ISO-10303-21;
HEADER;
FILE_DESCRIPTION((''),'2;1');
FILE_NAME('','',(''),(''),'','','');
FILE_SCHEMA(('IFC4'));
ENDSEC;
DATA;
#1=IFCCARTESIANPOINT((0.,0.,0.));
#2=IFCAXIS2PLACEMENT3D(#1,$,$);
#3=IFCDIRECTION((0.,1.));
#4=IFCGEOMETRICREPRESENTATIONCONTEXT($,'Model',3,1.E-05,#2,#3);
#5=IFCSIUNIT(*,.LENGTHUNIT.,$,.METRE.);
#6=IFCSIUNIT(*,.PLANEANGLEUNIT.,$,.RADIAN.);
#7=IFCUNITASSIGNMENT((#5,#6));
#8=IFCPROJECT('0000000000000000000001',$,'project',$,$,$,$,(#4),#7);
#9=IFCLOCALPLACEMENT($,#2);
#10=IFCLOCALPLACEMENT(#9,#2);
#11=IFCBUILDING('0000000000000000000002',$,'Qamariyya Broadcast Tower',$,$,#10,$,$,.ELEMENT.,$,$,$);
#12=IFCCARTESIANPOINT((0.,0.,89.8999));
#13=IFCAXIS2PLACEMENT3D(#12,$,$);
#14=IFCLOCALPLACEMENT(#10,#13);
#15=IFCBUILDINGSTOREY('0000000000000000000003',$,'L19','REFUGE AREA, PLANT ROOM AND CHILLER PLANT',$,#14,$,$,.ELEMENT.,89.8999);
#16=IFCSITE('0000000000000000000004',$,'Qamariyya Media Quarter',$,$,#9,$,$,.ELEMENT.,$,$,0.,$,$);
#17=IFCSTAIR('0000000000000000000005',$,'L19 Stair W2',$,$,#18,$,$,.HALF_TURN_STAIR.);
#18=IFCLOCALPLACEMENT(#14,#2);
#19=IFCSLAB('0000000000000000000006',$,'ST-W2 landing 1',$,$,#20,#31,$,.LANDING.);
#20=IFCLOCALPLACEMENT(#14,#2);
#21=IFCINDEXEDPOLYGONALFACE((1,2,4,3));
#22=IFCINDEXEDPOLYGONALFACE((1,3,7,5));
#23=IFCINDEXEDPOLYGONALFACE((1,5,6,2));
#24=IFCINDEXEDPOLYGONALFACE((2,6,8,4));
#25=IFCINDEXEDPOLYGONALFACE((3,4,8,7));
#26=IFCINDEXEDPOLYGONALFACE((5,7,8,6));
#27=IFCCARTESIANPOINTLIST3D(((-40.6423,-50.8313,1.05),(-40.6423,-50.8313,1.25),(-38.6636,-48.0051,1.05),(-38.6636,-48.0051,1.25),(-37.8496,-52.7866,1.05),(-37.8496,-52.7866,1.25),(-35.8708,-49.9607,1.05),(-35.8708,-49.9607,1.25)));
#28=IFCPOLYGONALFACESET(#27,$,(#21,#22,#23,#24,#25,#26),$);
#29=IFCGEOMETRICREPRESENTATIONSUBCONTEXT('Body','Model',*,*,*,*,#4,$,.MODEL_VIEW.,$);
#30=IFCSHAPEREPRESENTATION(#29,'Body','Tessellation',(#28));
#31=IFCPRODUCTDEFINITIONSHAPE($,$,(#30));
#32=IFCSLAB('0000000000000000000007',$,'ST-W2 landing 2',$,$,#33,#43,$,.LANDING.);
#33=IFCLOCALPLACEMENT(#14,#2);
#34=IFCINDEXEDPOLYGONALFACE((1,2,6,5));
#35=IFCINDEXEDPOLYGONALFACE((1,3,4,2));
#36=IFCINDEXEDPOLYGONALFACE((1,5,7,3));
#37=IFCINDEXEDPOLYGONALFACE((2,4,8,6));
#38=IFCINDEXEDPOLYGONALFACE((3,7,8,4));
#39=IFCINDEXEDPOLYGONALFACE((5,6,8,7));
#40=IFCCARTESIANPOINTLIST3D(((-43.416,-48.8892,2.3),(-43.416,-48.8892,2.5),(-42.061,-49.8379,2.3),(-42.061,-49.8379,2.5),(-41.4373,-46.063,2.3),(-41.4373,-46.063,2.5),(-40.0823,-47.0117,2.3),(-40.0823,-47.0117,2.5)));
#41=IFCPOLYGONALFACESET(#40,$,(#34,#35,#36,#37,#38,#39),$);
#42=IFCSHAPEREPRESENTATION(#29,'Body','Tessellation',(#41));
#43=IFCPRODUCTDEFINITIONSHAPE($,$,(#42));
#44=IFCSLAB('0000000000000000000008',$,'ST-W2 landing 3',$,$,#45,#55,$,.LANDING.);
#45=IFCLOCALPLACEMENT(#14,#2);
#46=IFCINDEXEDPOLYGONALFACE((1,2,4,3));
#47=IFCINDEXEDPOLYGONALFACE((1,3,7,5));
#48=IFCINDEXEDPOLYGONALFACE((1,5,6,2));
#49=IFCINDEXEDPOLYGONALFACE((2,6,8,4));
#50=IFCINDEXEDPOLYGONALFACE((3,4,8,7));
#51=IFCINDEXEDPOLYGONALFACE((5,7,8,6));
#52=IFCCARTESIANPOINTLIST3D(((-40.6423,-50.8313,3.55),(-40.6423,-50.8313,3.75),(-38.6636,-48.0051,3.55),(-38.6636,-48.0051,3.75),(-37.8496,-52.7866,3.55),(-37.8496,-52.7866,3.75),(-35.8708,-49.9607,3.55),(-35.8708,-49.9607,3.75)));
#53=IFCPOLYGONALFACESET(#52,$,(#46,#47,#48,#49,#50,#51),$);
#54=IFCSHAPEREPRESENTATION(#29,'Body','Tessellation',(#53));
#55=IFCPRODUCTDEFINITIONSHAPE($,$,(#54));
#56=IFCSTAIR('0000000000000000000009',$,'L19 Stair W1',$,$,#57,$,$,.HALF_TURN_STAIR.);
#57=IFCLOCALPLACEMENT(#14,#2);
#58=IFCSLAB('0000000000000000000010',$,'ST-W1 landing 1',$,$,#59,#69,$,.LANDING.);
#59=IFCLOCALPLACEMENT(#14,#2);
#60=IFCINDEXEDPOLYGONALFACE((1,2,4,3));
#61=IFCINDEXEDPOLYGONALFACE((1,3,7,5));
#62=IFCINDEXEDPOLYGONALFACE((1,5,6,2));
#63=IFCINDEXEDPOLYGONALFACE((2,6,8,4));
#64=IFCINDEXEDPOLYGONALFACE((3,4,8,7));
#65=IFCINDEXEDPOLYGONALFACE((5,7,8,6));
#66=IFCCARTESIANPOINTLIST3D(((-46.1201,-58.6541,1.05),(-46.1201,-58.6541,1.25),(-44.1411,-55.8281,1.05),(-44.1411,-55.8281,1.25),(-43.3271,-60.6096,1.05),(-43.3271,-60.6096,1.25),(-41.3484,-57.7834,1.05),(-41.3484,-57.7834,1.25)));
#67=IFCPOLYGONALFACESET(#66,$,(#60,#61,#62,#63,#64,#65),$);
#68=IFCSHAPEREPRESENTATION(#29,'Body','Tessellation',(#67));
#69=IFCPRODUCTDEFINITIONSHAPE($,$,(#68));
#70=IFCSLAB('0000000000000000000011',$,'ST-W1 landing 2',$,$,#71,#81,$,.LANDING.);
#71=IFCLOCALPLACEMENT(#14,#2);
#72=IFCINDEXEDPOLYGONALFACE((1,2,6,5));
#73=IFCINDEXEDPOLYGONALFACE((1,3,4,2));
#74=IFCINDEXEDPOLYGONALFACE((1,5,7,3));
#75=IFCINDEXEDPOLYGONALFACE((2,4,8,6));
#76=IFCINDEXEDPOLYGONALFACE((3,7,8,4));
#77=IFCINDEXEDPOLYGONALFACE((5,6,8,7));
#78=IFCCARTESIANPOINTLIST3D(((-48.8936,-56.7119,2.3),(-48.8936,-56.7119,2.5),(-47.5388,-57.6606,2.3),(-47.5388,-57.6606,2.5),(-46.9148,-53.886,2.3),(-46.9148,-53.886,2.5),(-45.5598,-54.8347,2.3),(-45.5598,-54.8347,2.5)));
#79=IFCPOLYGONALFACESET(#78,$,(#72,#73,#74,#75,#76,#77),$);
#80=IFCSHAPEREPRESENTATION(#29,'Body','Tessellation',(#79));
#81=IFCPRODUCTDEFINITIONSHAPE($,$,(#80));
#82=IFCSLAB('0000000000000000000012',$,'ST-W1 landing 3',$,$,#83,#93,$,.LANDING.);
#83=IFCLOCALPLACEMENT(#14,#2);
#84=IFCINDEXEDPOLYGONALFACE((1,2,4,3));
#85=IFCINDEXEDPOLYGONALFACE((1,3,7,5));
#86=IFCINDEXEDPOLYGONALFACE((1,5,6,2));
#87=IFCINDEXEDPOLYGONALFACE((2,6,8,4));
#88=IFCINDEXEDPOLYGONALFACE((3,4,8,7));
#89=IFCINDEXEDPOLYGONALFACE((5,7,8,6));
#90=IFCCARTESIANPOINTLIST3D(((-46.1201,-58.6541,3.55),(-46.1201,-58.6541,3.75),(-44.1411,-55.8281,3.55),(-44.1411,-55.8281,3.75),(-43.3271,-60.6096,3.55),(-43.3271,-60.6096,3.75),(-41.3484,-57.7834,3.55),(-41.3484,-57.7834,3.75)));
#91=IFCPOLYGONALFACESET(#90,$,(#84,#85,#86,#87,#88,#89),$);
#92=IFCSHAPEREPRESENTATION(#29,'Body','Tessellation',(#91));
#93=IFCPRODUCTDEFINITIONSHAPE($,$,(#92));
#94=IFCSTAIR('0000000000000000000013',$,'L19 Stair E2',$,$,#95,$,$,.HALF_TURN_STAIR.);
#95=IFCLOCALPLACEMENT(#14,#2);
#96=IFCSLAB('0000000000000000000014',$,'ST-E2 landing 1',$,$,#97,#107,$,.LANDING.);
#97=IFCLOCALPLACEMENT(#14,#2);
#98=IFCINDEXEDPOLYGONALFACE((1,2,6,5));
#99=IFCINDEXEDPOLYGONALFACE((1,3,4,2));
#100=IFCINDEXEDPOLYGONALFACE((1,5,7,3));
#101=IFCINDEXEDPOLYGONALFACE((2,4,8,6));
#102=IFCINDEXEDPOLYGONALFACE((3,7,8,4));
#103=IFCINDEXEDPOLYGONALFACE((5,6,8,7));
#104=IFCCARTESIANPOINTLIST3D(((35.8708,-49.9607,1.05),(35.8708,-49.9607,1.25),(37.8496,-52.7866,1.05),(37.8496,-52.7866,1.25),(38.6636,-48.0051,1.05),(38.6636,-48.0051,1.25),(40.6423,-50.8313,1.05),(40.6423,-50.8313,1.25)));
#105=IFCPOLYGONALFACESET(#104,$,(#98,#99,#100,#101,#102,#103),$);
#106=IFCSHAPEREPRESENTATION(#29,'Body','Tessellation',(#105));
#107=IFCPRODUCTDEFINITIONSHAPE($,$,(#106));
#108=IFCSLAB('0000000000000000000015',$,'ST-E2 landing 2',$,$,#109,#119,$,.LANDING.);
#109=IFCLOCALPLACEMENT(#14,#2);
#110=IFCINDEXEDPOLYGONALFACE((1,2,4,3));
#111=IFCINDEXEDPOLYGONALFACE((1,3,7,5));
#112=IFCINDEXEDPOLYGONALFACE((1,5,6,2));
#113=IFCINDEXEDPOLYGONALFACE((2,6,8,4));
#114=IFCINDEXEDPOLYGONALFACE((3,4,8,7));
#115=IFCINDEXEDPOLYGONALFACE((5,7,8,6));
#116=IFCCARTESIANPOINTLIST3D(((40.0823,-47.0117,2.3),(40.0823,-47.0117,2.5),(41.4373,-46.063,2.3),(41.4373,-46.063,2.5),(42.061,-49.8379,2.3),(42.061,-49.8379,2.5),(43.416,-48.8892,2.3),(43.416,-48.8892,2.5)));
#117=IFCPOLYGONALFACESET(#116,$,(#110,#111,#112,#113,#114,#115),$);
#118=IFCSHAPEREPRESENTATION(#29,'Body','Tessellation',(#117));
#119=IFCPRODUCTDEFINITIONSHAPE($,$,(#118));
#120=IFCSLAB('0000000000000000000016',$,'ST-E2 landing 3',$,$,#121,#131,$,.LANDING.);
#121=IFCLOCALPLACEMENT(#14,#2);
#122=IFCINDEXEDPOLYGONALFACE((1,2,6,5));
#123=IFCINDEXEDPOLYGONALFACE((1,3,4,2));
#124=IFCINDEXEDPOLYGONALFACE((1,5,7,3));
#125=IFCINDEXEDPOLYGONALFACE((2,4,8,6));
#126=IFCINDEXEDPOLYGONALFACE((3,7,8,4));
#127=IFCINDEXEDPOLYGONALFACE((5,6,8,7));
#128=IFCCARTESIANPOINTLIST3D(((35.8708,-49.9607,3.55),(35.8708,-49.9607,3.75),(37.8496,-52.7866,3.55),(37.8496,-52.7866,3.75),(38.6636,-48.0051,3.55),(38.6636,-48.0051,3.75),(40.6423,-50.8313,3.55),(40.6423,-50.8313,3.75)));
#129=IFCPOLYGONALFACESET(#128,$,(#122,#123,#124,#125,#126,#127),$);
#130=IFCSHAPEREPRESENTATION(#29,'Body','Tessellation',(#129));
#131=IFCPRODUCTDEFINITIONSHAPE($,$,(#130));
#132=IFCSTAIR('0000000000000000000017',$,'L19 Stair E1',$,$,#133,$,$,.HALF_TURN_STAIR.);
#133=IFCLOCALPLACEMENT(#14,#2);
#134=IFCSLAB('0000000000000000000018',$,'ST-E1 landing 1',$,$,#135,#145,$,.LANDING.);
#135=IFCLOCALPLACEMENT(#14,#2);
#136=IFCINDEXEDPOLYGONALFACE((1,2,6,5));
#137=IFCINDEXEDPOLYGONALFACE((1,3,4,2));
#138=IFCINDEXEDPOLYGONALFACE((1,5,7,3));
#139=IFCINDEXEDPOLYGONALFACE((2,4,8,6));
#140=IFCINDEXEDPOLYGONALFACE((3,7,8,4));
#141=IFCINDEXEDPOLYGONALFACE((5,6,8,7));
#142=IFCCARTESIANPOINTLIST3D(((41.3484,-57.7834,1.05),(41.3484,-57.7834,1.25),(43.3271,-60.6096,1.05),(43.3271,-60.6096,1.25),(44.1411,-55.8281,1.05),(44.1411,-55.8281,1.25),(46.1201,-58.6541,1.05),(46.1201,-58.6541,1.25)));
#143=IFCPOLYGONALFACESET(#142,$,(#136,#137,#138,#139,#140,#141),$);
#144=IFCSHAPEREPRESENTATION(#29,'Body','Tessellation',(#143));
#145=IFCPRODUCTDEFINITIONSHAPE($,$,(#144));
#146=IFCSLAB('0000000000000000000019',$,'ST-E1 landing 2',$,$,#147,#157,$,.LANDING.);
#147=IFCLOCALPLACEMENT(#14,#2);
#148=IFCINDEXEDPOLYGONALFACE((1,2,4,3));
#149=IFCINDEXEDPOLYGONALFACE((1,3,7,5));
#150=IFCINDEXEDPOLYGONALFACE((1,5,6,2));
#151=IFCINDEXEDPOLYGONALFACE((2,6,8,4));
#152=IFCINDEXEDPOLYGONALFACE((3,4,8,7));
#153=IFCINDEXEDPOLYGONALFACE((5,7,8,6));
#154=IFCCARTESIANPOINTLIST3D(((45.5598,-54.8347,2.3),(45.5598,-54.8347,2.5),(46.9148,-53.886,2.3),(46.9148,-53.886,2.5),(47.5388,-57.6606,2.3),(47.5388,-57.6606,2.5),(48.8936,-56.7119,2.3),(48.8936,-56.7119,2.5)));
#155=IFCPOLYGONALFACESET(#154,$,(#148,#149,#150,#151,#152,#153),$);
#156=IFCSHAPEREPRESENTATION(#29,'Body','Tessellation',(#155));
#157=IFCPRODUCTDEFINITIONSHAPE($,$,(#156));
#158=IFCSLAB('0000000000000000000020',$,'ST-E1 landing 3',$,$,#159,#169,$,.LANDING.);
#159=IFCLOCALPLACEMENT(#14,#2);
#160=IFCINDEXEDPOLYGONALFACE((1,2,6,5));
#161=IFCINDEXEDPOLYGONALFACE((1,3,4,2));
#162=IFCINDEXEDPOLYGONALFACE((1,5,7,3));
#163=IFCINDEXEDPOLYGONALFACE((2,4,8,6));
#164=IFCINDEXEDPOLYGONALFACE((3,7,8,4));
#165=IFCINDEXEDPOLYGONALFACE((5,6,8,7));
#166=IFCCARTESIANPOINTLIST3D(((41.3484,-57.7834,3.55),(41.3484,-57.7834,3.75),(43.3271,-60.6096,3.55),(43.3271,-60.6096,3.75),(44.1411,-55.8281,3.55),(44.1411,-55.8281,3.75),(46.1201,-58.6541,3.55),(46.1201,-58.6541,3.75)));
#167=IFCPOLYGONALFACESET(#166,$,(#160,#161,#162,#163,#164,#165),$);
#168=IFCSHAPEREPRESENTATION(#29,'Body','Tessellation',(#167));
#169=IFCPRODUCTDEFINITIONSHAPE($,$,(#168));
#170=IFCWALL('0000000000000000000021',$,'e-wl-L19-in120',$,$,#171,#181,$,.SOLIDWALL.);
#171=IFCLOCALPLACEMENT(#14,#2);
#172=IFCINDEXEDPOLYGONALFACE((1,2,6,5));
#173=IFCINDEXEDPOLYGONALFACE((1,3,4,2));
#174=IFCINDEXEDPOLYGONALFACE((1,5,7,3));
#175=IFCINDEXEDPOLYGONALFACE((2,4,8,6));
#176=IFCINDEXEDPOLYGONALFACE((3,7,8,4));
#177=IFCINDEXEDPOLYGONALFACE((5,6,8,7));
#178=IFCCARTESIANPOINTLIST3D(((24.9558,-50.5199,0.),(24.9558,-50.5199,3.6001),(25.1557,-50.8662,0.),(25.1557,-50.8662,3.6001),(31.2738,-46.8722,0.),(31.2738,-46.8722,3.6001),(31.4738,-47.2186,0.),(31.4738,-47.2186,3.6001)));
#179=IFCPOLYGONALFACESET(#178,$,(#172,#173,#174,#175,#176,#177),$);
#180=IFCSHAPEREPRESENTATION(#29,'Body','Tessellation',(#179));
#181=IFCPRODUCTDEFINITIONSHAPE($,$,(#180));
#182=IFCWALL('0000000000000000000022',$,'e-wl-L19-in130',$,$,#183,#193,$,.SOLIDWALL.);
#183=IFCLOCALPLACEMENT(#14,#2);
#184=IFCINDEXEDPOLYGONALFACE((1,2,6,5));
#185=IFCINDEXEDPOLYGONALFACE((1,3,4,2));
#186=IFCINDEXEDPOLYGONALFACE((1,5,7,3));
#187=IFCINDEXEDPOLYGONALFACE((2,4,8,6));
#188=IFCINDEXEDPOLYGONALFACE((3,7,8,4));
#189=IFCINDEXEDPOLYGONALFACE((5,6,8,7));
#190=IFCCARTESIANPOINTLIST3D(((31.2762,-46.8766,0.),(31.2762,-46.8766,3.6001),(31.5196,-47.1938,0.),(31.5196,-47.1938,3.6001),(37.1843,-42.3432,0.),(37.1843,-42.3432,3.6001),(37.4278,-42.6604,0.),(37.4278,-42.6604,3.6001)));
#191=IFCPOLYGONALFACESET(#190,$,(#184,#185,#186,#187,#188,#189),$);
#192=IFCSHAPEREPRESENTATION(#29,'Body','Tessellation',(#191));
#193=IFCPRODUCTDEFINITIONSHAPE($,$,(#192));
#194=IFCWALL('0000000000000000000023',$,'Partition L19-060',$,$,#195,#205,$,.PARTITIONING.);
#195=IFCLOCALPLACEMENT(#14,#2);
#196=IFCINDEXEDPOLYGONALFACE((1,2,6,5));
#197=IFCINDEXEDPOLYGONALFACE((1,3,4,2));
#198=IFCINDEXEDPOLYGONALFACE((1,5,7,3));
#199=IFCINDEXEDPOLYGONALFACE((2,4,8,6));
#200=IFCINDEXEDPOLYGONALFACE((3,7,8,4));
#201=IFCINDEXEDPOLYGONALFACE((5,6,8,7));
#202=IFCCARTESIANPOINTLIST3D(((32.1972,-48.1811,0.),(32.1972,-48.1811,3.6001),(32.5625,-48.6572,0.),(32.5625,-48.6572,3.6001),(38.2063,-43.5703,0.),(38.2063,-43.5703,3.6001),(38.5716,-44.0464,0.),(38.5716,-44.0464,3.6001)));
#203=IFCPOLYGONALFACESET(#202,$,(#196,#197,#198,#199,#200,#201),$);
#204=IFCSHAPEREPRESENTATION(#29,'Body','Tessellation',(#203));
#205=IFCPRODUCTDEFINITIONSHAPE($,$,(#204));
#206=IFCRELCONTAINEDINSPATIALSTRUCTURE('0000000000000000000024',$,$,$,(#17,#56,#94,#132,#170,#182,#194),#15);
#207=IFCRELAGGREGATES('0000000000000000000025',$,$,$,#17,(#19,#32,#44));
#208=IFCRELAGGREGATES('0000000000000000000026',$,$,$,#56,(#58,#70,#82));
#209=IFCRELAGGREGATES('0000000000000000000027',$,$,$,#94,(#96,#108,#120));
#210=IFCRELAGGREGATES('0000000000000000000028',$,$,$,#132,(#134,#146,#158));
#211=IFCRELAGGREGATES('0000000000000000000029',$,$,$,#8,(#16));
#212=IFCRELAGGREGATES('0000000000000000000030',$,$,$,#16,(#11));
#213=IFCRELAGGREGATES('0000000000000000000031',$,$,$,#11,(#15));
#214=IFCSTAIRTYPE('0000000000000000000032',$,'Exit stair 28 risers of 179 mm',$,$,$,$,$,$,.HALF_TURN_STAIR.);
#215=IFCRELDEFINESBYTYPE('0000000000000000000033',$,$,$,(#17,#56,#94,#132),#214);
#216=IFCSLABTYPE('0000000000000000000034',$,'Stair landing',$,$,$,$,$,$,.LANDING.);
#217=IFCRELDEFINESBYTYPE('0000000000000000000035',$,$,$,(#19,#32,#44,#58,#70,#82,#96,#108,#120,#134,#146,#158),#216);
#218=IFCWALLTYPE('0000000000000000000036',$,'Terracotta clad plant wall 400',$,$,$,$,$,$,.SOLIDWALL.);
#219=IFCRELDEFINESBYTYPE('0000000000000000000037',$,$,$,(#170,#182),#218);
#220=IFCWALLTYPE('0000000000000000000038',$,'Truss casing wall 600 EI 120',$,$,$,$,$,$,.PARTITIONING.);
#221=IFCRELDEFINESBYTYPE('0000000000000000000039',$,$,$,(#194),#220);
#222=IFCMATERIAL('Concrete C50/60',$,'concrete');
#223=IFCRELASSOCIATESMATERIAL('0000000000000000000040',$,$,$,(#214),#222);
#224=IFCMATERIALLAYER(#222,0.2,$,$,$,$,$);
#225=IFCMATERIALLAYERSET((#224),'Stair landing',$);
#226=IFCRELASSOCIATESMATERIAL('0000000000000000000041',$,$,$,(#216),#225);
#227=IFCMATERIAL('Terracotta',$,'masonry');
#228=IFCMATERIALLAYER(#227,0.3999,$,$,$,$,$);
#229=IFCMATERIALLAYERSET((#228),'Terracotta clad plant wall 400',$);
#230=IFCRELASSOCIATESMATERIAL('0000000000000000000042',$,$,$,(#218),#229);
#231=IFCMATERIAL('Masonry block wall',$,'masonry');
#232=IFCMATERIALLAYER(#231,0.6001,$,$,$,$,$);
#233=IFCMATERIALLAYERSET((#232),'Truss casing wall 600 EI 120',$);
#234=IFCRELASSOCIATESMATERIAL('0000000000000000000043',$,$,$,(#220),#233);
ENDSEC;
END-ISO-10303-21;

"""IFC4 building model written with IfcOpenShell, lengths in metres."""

from ifc_helpers import new_model, si_unit, direction, frame, frame_2d, origin, place, context, subcontext, project, spatial, polyline, rectangle, outline, extrude, material, layer, layer_set, type_object, element, aggregate, save


model = new_model("IFC4")

# Units and contexts
model_context = context("Model", 3, precision=1e-05, world=origin(), true_north=direction((0.0, 1.0)))
body_context = subcontext(model_context, "Body", "Model", "MODEL_VIEW")
ifc_project = project(units=[si_unit("LENGTHUNIT", "METRE"), si_unit("PLANEANGLEUNIT", "RADIAN")], contexts=[model_context])

# Site, building, storey
site_placement = place(None, origin())
site = spatial("IfcSite", under=ifc_project, at=site_placement, Name="Qamariyya Media Quarter", CompositionType="ELEMENT", RefElevation=0.0)
building_placement = place(site_placement, origin())
building = spatial("IfcBuilding", under=site, at=building_placement, Name="Qamariyya Broadcast Tower", CompositionType="ELEMENT")
storey_placement = place(building_placement, frame((0.0, 0.0, 89.8999)))
storey = spatial("IfcBuildingStorey", under=building, at=storey_placement, Name="L19", Description="REFUGE AREA, PLANT ROOM AND CHILLER PLANT", CompositionType="ELEMENT", Elevation=89.8999)

# Shared definitions
ifc_material_1 = material(Name="Concrete C50/60", Category="concrete")

# Stairs, slabs
stair_type = type_object("IfcStairType", Name="Exit stair 28 risers of 179 mm", PredefinedType="HALF_TURN_STAIR", material=ifc_material_1)
stair_1_placement = place(storey_placement, origin())
stair_1 = element("IfcStair", 1, at=stair_1_placement, inside=storey, type_object=stair_type, Name="L19 Stair W2", PredefinedType="HALF_TURN_STAIR")
ifc_layer_1 = layer(ifc_material_1, 0.2)
ifc_layer_set_1 = layer_set([ifc_layer_1], Name="Stair landing")
slab_type_1 = type_object("IfcSlabType", Name="Stair landing", PredefinedType="LANDING", material=ifc_layer_set_1)
slab_1_placement = place(storey_placement, frame((0.0, 0.0, 1.05)))
slab_1 = element("IfcSlab", 2, at=slab_1_placement, type_object=slab_type_1, Name="ST-W2 landing 1", PredefinedType="LANDING", context=body_context, shape_type="SweptSolid", body=[
    extrude(outline(polyline([(-40.6423, -50.8313), (-37.8496, -52.7866), (-35.8708, -49.9607), (-38.6636, -48.0051), (-40.6423, -50.8313)])), origin(), (0.0, 0.0, 1.0), 0.2),
])
slab_2_placement = place(storey_placement, frame((0.0, 0.0, 2.3)))
slab_2 = element("IfcSlab", 3, at=slab_2_placement, type_object=slab_type_1, Name="ST-W2 landing 2", PredefinedType="LANDING", context=body_context, shape_type="SweptSolid", body=[
    extrude(outline(polyline([(-43.416, -48.8892), (-42.061, -49.8379), (-40.0823, -47.0117), (-41.4373, -46.063), (-43.416, -48.8892)])), origin(), (0.0, 0.0, 1.0), 0.2),
])
slab_3_placement = place(storey_placement, frame((0.0, 0.0, 3.55)))
slab_3 = element("IfcSlab", 4, at=slab_3_placement, type_object=slab_type_1, Name="ST-W2 landing 3", PredefinedType="LANDING", context=body_context, shape_type="SweptSolid", body=[
    extrude(outline(polyline([(-40.6423, -50.8313), (-37.8496, -52.7866), (-35.8708, -49.9607), (-38.6636, -48.0051), (-40.6423, -50.8313)])), origin(), (0.0, 0.0, 1.0), 0.2),
])
aggregate(stair_1, [slab_1, slab_2, slab_3])
stair_2_placement = place(storey_placement, origin())
stair_2 = element("IfcStair", 5, at=stair_2_placement, inside=storey, type_object=stair_type, Name="L19 Stair W1", PredefinedType="HALF_TURN_STAIR")
slab_4_placement = place(storey_placement, frame((0.0, 0.0, 1.05)))
slab_4 = element("IfcSlab", 6, at=slab_4_placement, type_object=slab_type_1, Name="ST-W1 landing 1", PredefinedType="LANDING", context=body_context, shape_type="SweptSolid", body=[
    extrude(outline(polyline([(-46.1201, -58.6541), (-43.3271, -60.6096), (-41.3484, -57.7834), (-44.1411, -55.8281), (-46.1201, -58.6541)])), origin(), (0.0, 0.0, 1.0), 0.2),
])
slab_5_placement = place(storey_placement, frame((0.0, 0.0, 2.3)))
slab_5 = element("IfcSlab", 7, at=slab_5_placement, type_object=slab_type_1, Name="ST-W1 landing 2", PredefinedType="LANDING", context=body_context, shape_type="SweptSolid", body=[
    extrude(outline(polyline([(-48.8936, -56.7119), (-47.5388, -57.6606), (-45.5598, -54.8347), (-46.9148, -53.886), (-48.8936, -56.7119)])), origin(), (0.0, 0.0, 1.0), 0.2),
])
slab_6_placement = place(storey_placement, frame((0.0, 0.0, 3.55)))
slab_6 = element("IfcSlab", 8, at=slab_6_placement, type_object=slab_type_1, Name="ST-W1 landing 3", PredefinedType="LANDING", context=body_context, shape_type="SweptSolid", body=[
    extrude(outline(polyline([(-46.1201, -58.6541), (-43.3271, -60.6096), (-41.3484, -57.7834), (-44.1411, -55.8281), (-46.1201, -58.6541)])), origin(), (0.0, 0.0, 1.0), 0.2),
])
aggregate(stair_2, [slab_4, slab_5, slab_6])
stair_3_placement = place(storey_placement, origin())
stair_3 = element("IfcStair", 9, at=stair_3_placement, inside=storey, type_object=stair_type, Name="L19 Stair E2", PredefinedType="HALF_TURN_STAIR")
slab_7_placement = place(storey_placement, frame((0.0, 0.0, 1.05)))
slab_7 = element("IfcSlab", 10, at=slab_7_placement, type_object=slab_type_1, Name="ST-E2 landing 1", PredefinedType="LANDING", context=body_context, shape_type="SweptSolid", body=[
    extrude(outline(polyline([(38.6636, -48.0051), (35.8708, -49.9607), (37.8496, -52.7866), (40.6423, -50.8313), (38.6636, -48.0051)])), origin(), (0.0, 0.0, 1.0), 0.2),
])
slab_8_placement = place(storey_placement, frame((0.0, 0.0, 2.3)))
slab_8 = element("IfcSlab", 11, at=slab_8_placement, type_object=slab_type_1, Name="ST-E2 landing 2", PredefinedType="LANDING", context=body_context, shape_type="SweptSolid", body=[
    extrude(outline(polyline([(41.4373, -46.063), (40.0823, -47.0117), (42.061, -49.8379), (43.416, -48.8892), (41.4373, -46.063)])), origin(), (0.0, 0.0, 1.0), 0.2),
])
slab_9_placement = place(storey_placement, frame((0.0, 0.0, 3.55)))
slab_9 = element("IfcSlab", 12, at=slab_9_placement, type_object=slab_type_1, Name="ST-E2 landing 3", PredefinedType="LANDING", context=body_context, shape_type="SweptSolid", body=[
    extrude(outline(polyline([(38.6636, -48.0051), (35.8708, -49.9607), (37.8496, -52.7866), (40.6423, -50.8313), (38.6636, -48.0051)])), origin(), (0.0, 0.0, 1.0), 0.2),
])
aggregate(stair_3, [slab_7, slab_8, slab_9])
stair_4_placement = place(storey_placement, origin())
stair_4 = element("IfcStair", 13, at=stair_4_placement, inside=storey, type_object=stair_type, Name="L19 Stair E1", PredefinedType="HALF_TURN_STAIR")
slab_10_placement = place(storey_placement, frame((0.0, 0.0, 1.05)))
slab_10 = element("IfcSlab", 14, at=slab_10_placement, type_object=slab_type_1, Name="ST-E1 landing 1", PredefinedType="LANDING", context=body_context, shape_type="SweptSolid", body=[
    extrude(outline(polyline([(44.1411, -55.8281), (41.3484, -57.7834), (43.3271, -60.6096), (46.1201, -58.6541), (44.1411, -55.8281)])), origin(), (0.0, 0.0, 1.0), 0.2),
])
slab_11_placement = place(storey_placement, frame((0.0, 0.0, 2.3)))
slab_11 = element("IfcSlab", 15, at=slab_11_placement, type_object=slab_type_1, Name="ST-E1 landing 2", PredefinedType="LANDING", context=body_context, shape_type="SweptSolid", body=[
    extrude(outline(polyline([(46.9148, -53.886), (45.5598, -54.8347), (47.5388, -57.6606), (48.8936, -56.7119), (46.9148, -53.886)])), origin(), (0.0, 0.0, 1.0), 0.2),
])
slab_12_placement = place(storey_placement, frame((0.0, 0.0, 3.55)))
slab_12 = element("IfcSlab", 16, at=slab_12_placement, type_object=slab_type_1, Name="ST-E1 landing 3", PredefinedType="LANDING", context=body_context, shape_type="SweptSolid", body=[
    extrude(outline(polyline([(44.1411, -55.8281), (41.3484, -57.7834), (43.3271, -60.6096), (46.1201, -58.6541), (44.1411, -55.8281)])), origin(), (0.0, 0.0, 1.0), 0.2),
])
aggregate(stair_4, [slab_10, slab_11, slab_12])

# Walls
ifc_material_2 = material(Name="Terracotta", Category="masonry")
ifc_layer_2 = layer(ifc_material_2, 0.3999)
ifc_layer_set_2 = layer_set([ifc_layer_2], Name="Terracotta clad plant wall 400")
wall_type_1 = type_object("IfcWallType", Name="Terracotta clad plant wall 400", PredefinedType="SOLIDWALL", material=ifc_layer_set_2)
wall_1_placement = place(storey_placement, frame((31.3738, -47.0454, 0.0), z_axis=(0.0, 0.0, 1.0), x_axis=(-0.866029, -0.499994, 0.0)))
element("IfcWall", 17, at=wall_1_placement, inside=storey, type_object=wall_type_1, Name="e-wl-L19-in120", PredefinedType="SOLIDWALL", context=body_context, shape_type="SweptSolid", body=[
    extrude(rectangle(XDim=7.2954, YDim=0.3999, at=frame_2d((3.6477, 0.0))), origin(), (0.0, 0.0, 1.0), 3.6001),
])
wall_2_placement = place(storey_placement, frame((37.3062, -42.5017, 0.0), z_axis=(0.0, 0.0, 1.0), x_axis=(-0.793358, -0.608755, 0.0)))
element("IfcWall", 18, at=wall_2_placement, inside=storey, type_object=wall_type_1, Name="e-wl-L19-in130", PredefinedType="SOLIDWALL", context=body_context, shape_type="SweptSolid", body=[
    extrude(rectangle(XDim=7.447, YDim=0.3999, at=frame_2d((3.7236, 0.0))), origin(), (0.0, 0.0, 1.0), 3.6001),
])
ifc_material_3 = material(Name="Masonry block wall", Category="masonry")
ifc_layer_3 = layer(ifc_material_3, 0.6001)
ifc_layer_set_3 = layer_set([ifc_layer_3], Name="Truss casing wall 600 EI 120")
wall_type_2 = type_object("IfcWallType", Name="Truss casing wall 600 EI 120", PredefinedType="PARTITIONING", material=ifc_layer_set_3)
wall_3_placement = place(storey_placement, frame((32.3799, -48.4192, 0.0), z_axis=(0.0, 0.0, 1.0), x_axis=(0.793357, 0.608757, 0.0)))
element("IfcWall", 19, at=wall_3_placement, inside=storey, type_object=wall_type_2, Name="Partition L19-060", PredefinedType="PARTITIONING", context=body_context, shape_type="SweptSolid", body=[
    extrude(rectangle(XDim=7.5742, YDim=0.6001, at=frame_2d((3.7871, 0.0))), origin(), (0.0, 0.0, 1.0), 3.6001),
])

save(model, "model.ifc")
